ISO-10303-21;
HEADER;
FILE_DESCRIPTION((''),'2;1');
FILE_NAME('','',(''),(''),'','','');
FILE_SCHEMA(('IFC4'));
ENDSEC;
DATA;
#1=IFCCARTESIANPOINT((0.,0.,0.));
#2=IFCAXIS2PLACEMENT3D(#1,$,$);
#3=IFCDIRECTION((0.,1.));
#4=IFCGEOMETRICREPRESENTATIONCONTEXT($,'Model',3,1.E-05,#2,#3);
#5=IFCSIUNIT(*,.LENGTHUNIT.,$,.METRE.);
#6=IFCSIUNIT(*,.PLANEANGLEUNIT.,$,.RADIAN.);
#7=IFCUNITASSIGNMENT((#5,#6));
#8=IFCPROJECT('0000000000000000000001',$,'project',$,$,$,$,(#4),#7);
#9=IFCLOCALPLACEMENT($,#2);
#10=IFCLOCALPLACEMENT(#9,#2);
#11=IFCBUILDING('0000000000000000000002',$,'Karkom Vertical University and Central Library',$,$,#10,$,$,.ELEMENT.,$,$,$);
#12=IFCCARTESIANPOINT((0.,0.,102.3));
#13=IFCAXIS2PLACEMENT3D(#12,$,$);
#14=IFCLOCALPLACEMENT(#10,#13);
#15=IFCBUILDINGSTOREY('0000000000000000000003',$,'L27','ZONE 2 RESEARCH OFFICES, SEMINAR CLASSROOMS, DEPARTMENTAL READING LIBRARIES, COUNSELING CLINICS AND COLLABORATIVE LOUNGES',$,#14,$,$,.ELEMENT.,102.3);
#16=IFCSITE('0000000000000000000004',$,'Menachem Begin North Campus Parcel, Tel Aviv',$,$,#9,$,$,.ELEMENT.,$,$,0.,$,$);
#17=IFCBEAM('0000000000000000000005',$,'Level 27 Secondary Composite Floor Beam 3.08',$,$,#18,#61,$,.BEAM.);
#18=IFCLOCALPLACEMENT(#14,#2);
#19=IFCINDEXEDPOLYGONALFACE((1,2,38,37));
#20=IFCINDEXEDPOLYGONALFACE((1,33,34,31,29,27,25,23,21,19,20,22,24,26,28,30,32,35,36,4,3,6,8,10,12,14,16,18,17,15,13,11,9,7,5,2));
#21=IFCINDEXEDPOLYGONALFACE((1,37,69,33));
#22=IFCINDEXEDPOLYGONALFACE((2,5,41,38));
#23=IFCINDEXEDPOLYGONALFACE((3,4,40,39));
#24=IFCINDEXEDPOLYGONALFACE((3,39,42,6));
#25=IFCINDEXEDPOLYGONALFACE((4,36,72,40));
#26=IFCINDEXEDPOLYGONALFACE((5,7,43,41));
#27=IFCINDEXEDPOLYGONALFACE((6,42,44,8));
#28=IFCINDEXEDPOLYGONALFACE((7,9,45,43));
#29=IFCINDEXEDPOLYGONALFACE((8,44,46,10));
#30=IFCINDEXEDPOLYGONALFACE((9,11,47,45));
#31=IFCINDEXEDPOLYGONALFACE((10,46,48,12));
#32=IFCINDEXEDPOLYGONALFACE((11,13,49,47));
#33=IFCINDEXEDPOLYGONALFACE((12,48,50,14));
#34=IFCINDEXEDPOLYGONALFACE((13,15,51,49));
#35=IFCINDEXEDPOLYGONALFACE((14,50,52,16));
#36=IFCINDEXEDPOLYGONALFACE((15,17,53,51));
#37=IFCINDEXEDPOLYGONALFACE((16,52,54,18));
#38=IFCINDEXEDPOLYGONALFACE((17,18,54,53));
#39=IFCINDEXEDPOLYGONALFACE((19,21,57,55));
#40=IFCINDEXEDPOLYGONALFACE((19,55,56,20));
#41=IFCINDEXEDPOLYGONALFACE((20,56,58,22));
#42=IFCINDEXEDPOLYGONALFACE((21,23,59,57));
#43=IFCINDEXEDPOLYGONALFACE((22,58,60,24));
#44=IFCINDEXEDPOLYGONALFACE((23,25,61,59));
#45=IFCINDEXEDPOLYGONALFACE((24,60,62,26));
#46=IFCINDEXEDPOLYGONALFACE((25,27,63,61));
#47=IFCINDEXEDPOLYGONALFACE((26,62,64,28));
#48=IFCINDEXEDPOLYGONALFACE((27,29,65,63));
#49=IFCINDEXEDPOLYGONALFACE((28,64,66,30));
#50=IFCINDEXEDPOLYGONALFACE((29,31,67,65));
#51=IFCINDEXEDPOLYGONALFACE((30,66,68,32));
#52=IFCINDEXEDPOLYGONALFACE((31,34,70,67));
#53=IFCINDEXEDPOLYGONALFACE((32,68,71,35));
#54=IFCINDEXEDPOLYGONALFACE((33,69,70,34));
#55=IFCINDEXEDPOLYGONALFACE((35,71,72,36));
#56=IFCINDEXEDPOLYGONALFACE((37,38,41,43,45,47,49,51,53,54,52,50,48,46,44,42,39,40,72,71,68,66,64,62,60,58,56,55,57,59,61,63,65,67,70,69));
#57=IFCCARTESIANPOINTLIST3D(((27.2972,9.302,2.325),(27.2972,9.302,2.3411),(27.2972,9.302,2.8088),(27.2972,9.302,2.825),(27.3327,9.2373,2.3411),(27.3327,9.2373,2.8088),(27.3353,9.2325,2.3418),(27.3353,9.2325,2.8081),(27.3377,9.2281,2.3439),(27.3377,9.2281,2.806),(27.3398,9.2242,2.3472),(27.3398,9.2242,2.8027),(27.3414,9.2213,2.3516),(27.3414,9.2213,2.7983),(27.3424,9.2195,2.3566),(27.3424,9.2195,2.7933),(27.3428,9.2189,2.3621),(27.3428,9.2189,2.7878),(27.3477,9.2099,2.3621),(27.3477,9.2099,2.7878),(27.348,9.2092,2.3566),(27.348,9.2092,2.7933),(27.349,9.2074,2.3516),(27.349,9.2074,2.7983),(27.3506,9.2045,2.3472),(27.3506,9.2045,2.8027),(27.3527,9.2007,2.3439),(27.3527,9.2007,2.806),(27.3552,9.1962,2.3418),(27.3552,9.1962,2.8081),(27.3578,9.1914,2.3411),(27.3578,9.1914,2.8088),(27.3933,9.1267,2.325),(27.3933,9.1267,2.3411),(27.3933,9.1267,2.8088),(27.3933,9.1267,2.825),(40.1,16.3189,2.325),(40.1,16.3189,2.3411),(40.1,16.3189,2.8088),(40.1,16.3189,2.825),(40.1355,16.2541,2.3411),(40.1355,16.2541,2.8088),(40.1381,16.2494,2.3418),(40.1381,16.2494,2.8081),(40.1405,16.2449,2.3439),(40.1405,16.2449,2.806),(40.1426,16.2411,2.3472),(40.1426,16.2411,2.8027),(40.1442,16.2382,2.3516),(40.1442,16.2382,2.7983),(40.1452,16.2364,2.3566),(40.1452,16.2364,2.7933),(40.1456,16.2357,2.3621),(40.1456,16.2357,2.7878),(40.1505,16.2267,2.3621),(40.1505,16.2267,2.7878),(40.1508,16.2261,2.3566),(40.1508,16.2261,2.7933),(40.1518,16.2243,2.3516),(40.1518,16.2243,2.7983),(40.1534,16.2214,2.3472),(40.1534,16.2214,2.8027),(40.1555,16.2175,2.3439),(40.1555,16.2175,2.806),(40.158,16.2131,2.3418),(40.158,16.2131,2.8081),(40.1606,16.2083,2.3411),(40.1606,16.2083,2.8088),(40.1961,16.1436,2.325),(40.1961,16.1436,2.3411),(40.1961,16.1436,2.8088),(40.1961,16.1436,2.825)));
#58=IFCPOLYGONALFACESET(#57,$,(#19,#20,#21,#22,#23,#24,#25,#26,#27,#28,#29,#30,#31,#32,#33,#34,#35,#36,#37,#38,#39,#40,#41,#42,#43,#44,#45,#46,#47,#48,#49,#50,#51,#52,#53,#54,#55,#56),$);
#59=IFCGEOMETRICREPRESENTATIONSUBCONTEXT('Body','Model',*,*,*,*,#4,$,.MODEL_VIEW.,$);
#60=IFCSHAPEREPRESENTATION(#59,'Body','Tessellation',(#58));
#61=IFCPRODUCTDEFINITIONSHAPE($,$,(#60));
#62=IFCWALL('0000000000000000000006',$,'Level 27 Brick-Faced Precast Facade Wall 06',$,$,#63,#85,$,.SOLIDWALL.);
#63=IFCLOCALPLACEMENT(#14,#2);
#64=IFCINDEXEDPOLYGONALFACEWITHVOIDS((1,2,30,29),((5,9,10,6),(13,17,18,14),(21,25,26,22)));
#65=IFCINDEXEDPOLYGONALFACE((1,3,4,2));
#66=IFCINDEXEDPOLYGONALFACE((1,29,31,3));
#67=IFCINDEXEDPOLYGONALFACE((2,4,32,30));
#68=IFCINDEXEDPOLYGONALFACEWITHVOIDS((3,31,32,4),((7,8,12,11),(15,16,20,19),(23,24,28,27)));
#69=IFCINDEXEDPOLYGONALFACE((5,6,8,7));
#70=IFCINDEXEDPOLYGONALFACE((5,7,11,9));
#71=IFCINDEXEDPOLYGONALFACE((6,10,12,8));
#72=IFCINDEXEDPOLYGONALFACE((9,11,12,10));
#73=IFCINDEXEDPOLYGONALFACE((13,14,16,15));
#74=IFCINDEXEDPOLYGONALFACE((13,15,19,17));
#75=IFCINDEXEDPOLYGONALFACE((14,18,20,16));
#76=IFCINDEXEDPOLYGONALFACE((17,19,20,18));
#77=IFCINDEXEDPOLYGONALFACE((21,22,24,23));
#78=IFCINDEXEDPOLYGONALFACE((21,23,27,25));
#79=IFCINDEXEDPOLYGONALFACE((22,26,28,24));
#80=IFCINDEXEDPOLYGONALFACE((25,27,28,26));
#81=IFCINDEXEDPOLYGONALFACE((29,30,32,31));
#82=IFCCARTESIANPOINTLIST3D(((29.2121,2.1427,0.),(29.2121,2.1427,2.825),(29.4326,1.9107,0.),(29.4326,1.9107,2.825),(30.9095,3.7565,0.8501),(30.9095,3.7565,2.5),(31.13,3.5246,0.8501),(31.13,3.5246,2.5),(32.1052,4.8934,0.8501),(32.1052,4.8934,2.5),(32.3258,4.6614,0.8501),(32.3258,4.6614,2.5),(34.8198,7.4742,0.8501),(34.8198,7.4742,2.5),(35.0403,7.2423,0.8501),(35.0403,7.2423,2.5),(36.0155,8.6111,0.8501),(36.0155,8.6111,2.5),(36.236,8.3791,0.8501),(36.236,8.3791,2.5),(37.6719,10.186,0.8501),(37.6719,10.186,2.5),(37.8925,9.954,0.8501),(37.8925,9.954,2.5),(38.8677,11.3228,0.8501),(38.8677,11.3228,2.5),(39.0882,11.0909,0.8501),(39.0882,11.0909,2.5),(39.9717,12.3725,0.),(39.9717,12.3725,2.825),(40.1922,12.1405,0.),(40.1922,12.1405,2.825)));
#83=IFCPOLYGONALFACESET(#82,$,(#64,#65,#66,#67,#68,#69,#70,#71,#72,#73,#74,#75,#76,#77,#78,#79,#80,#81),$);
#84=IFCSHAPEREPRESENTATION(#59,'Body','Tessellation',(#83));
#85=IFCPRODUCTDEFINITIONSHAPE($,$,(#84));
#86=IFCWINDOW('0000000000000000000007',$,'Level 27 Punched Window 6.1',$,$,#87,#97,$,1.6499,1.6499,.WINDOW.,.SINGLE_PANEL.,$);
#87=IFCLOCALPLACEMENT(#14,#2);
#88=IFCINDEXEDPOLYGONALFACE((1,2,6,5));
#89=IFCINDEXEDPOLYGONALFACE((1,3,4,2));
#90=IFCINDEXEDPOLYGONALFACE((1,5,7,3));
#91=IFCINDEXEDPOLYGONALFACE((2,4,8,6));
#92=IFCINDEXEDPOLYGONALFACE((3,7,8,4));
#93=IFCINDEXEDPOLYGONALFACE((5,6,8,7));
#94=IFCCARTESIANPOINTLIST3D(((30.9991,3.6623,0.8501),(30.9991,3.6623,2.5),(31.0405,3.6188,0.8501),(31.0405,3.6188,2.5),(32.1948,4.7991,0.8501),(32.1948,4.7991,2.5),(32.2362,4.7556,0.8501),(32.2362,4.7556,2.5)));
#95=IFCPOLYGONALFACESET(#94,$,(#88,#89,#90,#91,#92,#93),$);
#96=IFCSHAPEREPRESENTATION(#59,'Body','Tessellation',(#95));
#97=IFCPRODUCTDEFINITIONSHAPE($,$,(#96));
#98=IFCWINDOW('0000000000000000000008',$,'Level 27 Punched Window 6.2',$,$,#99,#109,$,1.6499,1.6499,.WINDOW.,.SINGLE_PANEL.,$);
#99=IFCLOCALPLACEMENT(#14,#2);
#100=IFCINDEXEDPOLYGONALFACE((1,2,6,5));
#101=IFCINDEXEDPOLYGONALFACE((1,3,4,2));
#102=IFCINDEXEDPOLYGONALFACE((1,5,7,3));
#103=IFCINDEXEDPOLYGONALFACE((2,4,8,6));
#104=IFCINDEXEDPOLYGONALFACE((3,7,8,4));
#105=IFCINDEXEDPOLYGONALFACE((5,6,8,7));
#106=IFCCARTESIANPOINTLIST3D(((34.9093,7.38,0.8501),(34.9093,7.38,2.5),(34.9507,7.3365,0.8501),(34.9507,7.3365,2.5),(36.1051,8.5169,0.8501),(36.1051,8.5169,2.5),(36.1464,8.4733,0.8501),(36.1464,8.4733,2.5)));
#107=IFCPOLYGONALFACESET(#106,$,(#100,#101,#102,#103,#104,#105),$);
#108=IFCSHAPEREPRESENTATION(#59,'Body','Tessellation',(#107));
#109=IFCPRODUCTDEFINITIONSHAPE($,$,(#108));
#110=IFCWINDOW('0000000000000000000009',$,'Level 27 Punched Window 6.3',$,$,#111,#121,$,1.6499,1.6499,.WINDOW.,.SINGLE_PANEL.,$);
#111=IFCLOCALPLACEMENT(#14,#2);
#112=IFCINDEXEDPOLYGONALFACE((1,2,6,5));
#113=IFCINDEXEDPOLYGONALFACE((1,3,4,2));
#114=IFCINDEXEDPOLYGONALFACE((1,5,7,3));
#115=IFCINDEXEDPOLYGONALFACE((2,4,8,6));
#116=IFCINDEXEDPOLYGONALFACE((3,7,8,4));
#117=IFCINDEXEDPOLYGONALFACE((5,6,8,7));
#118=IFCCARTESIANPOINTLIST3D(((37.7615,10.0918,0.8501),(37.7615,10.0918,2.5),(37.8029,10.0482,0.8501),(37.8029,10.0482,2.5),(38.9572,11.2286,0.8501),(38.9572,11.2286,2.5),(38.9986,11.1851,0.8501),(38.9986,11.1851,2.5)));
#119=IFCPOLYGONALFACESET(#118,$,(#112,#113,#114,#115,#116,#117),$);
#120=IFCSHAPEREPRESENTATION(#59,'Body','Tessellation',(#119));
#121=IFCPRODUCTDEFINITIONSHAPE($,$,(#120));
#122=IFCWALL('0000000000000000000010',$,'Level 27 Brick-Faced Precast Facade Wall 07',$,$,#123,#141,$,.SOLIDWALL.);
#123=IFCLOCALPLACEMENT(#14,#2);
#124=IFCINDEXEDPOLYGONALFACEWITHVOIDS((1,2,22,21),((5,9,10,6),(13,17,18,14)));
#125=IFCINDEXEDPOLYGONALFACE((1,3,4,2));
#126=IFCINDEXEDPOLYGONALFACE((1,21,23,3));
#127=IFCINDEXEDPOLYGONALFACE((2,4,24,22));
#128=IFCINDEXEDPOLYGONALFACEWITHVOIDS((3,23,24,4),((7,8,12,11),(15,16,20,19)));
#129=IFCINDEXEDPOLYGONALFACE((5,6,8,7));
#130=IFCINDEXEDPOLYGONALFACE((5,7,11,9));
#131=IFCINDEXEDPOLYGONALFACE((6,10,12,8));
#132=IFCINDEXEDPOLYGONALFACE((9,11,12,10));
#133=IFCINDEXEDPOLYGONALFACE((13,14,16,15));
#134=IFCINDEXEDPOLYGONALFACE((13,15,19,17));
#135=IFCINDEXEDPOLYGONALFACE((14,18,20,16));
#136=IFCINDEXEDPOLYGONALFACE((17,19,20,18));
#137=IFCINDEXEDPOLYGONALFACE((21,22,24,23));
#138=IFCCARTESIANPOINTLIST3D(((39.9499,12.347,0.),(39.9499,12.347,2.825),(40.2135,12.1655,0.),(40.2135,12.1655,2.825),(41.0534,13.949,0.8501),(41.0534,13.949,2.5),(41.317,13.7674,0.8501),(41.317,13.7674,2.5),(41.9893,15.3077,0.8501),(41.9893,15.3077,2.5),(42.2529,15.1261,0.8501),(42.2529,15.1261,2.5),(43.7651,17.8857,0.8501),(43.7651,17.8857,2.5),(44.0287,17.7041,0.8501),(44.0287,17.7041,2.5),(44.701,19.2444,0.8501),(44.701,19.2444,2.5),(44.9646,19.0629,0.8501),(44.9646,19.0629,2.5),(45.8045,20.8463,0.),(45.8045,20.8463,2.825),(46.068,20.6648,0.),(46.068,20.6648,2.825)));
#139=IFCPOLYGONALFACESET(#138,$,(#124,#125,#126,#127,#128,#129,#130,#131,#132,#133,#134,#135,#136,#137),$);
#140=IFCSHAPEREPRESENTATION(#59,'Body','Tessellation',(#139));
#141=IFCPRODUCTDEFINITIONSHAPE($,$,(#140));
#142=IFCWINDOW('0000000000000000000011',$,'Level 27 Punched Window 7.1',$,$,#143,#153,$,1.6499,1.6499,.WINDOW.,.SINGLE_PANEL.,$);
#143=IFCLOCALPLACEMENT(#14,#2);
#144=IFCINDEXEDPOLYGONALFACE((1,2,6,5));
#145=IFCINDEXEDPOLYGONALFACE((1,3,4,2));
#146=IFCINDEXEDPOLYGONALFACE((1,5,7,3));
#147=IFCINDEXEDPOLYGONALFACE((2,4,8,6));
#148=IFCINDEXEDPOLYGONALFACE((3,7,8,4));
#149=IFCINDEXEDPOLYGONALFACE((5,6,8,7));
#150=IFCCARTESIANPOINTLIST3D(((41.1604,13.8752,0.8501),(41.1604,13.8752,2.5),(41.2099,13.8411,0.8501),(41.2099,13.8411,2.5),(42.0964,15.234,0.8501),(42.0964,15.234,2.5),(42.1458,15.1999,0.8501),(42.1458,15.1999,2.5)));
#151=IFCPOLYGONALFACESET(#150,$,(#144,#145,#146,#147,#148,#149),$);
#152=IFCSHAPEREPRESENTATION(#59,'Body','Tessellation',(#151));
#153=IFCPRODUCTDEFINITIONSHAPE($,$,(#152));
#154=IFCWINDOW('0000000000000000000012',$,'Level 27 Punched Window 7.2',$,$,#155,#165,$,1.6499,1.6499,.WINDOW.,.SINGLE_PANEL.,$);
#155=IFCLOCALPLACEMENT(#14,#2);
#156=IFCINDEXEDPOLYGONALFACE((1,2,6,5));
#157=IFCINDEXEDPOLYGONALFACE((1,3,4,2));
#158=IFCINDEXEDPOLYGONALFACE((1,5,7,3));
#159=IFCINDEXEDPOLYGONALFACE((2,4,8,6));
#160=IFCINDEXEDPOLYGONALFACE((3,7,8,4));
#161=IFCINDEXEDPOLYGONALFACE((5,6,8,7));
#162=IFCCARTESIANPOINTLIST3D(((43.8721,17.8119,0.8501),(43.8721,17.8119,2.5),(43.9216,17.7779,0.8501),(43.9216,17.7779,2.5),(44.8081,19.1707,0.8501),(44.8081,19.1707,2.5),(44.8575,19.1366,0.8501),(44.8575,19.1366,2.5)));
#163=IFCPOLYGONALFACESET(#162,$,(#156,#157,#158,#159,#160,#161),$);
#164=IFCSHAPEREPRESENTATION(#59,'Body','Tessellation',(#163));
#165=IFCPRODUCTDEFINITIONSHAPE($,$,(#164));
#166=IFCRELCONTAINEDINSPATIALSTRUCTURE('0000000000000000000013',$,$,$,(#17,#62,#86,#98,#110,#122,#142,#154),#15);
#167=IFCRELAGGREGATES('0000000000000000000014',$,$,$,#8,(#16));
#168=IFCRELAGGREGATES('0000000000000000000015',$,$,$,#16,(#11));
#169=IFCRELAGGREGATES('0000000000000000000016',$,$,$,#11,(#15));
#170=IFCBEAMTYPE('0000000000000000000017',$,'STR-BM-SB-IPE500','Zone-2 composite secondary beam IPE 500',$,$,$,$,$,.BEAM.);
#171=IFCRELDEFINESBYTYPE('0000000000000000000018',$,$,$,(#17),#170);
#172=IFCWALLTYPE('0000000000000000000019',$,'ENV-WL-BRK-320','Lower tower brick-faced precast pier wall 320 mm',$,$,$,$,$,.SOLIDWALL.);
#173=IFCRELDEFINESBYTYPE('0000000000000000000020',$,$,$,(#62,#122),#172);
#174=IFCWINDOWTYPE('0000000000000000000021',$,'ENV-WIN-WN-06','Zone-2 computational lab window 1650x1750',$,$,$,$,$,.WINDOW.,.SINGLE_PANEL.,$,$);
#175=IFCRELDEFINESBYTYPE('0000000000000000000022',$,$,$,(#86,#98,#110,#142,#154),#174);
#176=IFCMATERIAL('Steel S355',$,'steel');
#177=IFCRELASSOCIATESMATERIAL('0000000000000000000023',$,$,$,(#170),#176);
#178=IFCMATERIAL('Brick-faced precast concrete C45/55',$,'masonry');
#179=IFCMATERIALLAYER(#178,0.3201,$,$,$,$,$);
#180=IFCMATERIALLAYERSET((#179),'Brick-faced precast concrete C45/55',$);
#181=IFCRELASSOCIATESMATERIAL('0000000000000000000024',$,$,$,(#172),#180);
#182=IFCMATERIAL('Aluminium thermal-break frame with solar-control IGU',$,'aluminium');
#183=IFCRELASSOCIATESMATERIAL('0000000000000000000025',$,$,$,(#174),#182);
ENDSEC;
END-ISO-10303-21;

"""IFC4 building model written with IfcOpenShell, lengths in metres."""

from ifc_helpers import new_model, si_unit, direction, frame, frame_2d, origin, origin_with_axes, origin_2d, place, context, subcontext, project, spatial, rectangle, i_section, extrude, source, transform, mapped, material, layer, layer_set, material_profile, profile_set, type_object, element, fill, save


model = new_model("IFC4")

# Units and contexts
model_context = context("Model", 3, precision=1e-05, world=origin(), true_north=direction((0.0, 1.0)))
body_context = subcontext(model_context, "Body", "Model", "MODEL_VIEW")
ifc_project = project(units=[si_unit("LENGTHUNIT", "METRE"), si_unit("PLANEANGLEUNIT", "RADIAN")], contexts=[model_context])

# Site, building, storey
site_placement = place(None, origin())
site = spatial("IfcSite", under=ifc_project, at=site_placement, Name="Menachem Begin North Campus Parcel, Tel Aviv", CompositionType="ELEMENT", RefElevation=0.0)
building_placement = place(site_placement, origin())
building = spatial("IfcBuilding", under=site, at=building_placement, Name="Karkom Vertical University and Central Library", CompositionType="ELEMENT")
storey_placement = place(building_placement, frame((0.0, 0.0, 102.3)))
storey = spatial("IfcBuildingStorey", under=building, at=storey_placement, Name="L27", Description="ZONE 2 RESEARCH OFFICES, SEMINAR CLASSROOMS, DEPARTMENTAL READING LIBRARIES, COUNSELING CLINICS AND COLLABORATIVE LOUNGES", CompositionType="ELEMENT", Elevation=102.3)

# Beam
ifc_material_1 = material(Name="Steel S355", Category="steel")
ifc_material_profile_1 = material_profile(ifc_material_1, i_section(OverallWidth=0.2, OverallDepth=0.5, WebThickness=0.0103, FlangeThickness=0.0161, FilletRadius=0.021, at=origin_2d()), Name="IPE 500")
ifc_profile_set_1 = profile_set([ifc_material_profile_1], Name="Steel S355")
beam_type_1 = type_object("IfcBeamType", Name="STR-BM-SB-IPE500", Description="Zone-2 composite secondary beam IPE 500", PredefinedType="BEAM", material=ifc_profile_set_1)
shared_shape_1 = source(origin_with_axes(), body_context, "Body", "SweptSolid", [
    extrude(i_section(OverallWidth=0.2, OverallDepth=0.5, WebThickness=0.0103, FlangeThickness=0.0161, FilletRadius=0.021, at=origin_2d()), origin(), (0.0, 0.0, 1.0), 14.5996),
])
beam_1_placement = place(storey_placement, frame((27.3452, 9.2144, 2.575), z_axis=(0.876928, 0.480622, 0.0), x_axis=(-0.480622, 0.876928, 0.0)))
element("IfcBeam", 1, at=beam_1_placement, inside=storey, type_object=beam_type_1, Name="Level 27 Secondary Composite Floor Beam 3.08", PredefinedType="BEAM", context=body_context, shape_type="MappedRepresentation", body=[
    mapped(shared_shape_1, transform((0.0, 0.0, 0.0), scale=1.0)),
])

# Walls, openings, windows
ifc_material_2 = material(Name="Brick-faced precast concrete C45/55", Category="masonry")
ifc_layer_1 = layer(ifc_material_2, 0.3201)
ifc_layer_set_1 = layer_set([ifc_layer_1], Name="Brick-faced precast concrete C45/55")
wall_type_1 = type_object("IfcWallType", Name="ENV-WL-BRK-320", Description="Lower tower brick-faced precast pier wall 320 mm", PredefinedType="SOLIDWALL", material=ifc_layer_set_1)
wall_1_placement = place(storey_placement, frame((29.3223, 2.0266, 0.0), z_axis=(0.0, 0.0, 1.0), x_axis=(0.724724, 0.689039, 0.0)))
wall_1 = element("IfcWall", 2, at=wall_1_placement, inside=storey, type_object=wall_type_1, Name="Level 27 Brick-Faced Precast Facade Wall 06", PredefinedType="SOLIDWALL", context=body_context, shape_type="SweptSolid", body=[
    extrude(rectangle(XDim=14.8464, YDim=0.3201, at=frame_2d((7.4233, 0.0))), origin(), (0.0, 0.0, 1.0), 2.825),
])
opening_1_placement = place(wall_1_placement, frame((2.3423, 0.0, 0.8501)))
opening_1 = element("IfcOpeningElement", 3, at=opening_1_placement, cuts=wall_1, PredefinedType="OPENING", context=body_context, shape_type="SweptSolid", body=[
    extrude(rectangle(XDim=1.6499, YDim=1.6499, at=frame_2d((0.825, 0.825))), frame((0.0, 0.1699, 0.0), z_axis=(0.0, -1.0, 0.0), x_axis=(1.0, 0.0, 0.0)), (0.0, 0.0, 1.0), 0.3401),
])
opening_2_placement = place(wall_1_placement, frame((7.7378, 0.0, 0.8501)))
opening_2 = element("IfcOpeningElement", 4, at=opening_2_placement, cuts=wall_1, PredefinedType="OPENING", context=body_context, shape_type="SweptSolid", body=[
    extrude(rectangle(XDim=1.6499, YDim=1.6499, at=frame_2d((0.825, 0.825))), frame((0.0, 0.1699, 0.0), z_axis=(0.0, -1.0, 0.0), x_axis=(1.0, 0.0, 0.0)), (0.0, 0.0, 1.0), 0.3401),
])
opening_3_placement = place(wall_1_placement, frame((11.6733, 0.0, 0.8501)))
opening_3 = element("IfcOpeningElement", 5, at=opening_3_placement, cuts=wall_1, PredefinedType="OPENING", context=body_context, shape_type="SweptSolid", body=[
    extrude(rectangle(XDim=1.6499, YDim=1.6499, at=frame_2d((0.825, 0.825))), frame((0.0, 0.1699, 0.0), z_axis=(0.0, -1.0, 0.0), x_axis=(1.0, 0.0, 0.0)), (0.0, 0.0, 1.0), 0.3401),
])
ifc_material_3 = material(Name="Aluminium thermal-break frame with solar-control IGU", Category="aluminium")
window_type = type_object("IfcWindowType", Name="ENV-WIN-WN-06", Description="Zone-2 computational lab window 1650x1750", PartitioningType="SINGLE_PANEL", PredefinedType="WINDOW", material=ifc_material_3)
shared_shape_2 = source(origin_with_axes(), body_context, "Body", "SweptSolid", [
    extrude(rectangle(XDim=1.6499, YDim=1.6499, at=frame_2d((0.825, 0.825))), frame((0.0, 0.03, 0.0), z_axis=(0.0, -1.0, 0.0), x_axis=(1.0, 0.0, 0.0)), (0.0, 0.0, 1.0), 0.0601),
])
window_1_placement = place(opening_1_placement, origin())
window_1 = element("IfcWindow", 6, at=window_1_placement, inside=storey, type_object=window_type, Name="Level 27 Punched Window 6.1", OverallHeight=1.6499, OverallWidth=1.6499, PartitioningType="SINGLE_PANEL", PredefinedType="WINDOW", context=body_context, shape_type="MappedRepresentation", body=[
    mapped(shared_shape_2, transform((0.0, 0.0, 0.0), scale=1.0)),
])
fill(opening_1, window_1)
window_2_placement = place(opening_2_placement, origin())
window_2 = element("IfcWindow", 7, at=window_2_placement, inside=storey, type_object=window_type, Name="Level 27 Punched Window 6.2", OverallHeight=1.6499, OverallWidth=1.6499, PartitioningType="SINGLE_PANEL", PredefinedType="WINDOW", context=body_context, shape_type="MappedRepresentation", body=[
    mapped(shared_shape_2, transform((0.0, 0.0, 0.0), scale=1.0)),
])
fill(opening_2, window_2)
window_3_placement = place(opening_3_placement, origin())
window_3 = element("IfcWindow", 8, at=window_3_placement, inside=storey, type_object=window_type, Name="Level 27 Punched Window 6.3", OverallHeight=1.6499, OverallWidth=1.6499, PartitioningType="SINGLE_PANEL", PredefinedType="WINDOW", context=body_context, shape_type="MappedRepresentation", body=[
    mapped(shared_shape_2, transform((0.0, 0.0, 0.0), scale=1.0)),
])
fill(opening_3, window_3)
wall_2_placement = place(storey_placement, frame((40.0818, 12.2563, 0.0), z_axis=(0.0, 0.0, 1.0), x_axis=(0.567269, 0.823533, 0.0)))
wall_2 = element("IfcWall", 9, at=wall_2_placement, inside=storey, type_object=wall_type_1, Name="Level 27 Brick-Faced Precast Facade Wall 07", PredefinedType="SOLIDWALL", context=body_context, shape_type="SweptSolid", body=[
    extrude(rectangle(XDim=10.3206, YDim=0.3201, at=frame_2d((5.1602, 0.0))), origin(), (0.0, 0.0, 1.0), 2.825),
])
opening_4_placement = place(wall_2_placement, frame((1.9451, 0.0, 0.8501)))
opening_4 = element("IfcOpeningElement", 10, at=opening_4_placement, cuts=wall_2, PredefinedType="OPENING", context=body_context, shape_type="SweptSolid", body=[
    extrude(rectangle(XDim=1.6499, YDim=1.6499, at=frame_2d((0.825, 0.825))), frame((0.0, 0.1699, 0.0), z_axis=(0.0, -1.0, 0.0), x_axis=(1.0, 0.0, 0.0)), (0.0, 0.0, 1.0), 0.3401),
])
opening_5_placement = place(wall_2_placement, frame((6.7253, 0.0, 0.8501)))
opening_5 = element("IfcOpeningElement", 11, at=opening_5_placement, cuts=wall_2, PredefinedType="OPENING", context=body_context, shape_type="SweptSolid", body=[
    extrude(rectangle(XDim=1.6499, YDim=1.6499, at=frame_2d((0.825, 0.825))), frame((0.0, 0.1699, 0.0), z_axis=(0.0, -1.0, 0.0), x_axis=(1.0, 0.0, 0.0)), (0.0, 0.0, 1.0), 0.3401),
])
window_4_placement = place(opening_4_placement, origin())
window_4 = element("IfcWindow", 12, at=window_4_placement, inside=storey, type_object=window_type, Name="Level 27 Punched Window 7.1", OverallHeight=1.6499, OverallWidth=1.6499, PartitioningType="SINGLE_PANEL", PredefinedType="WINDOW", context=body_context, shape_type="MappedRepresentation", body=[
    mapped(shared_shape_2, transform((0.0, 0.0, 0.0), scale=1.0)),
])
fill(opening_4, window_4)
window_5_placement = place(opening_5_placement, origin())
window_5 = element("IfcWindow", 13, at=window_5_placement, inside=storey, type_object=window_type, Name="Level 27 Punched Window 7.2", OverallHeight=1.6499, OverallWidth=1.6499, PartitioningType="SINGLE_PANEL", PredefinedType="WINDOW", context=body_context, shape_type="MappedRepresentation", body=[
    mapped(shared_shape_2, transform((0.0, 0.0, 0.0), scale=1.0)),
])
fill(opening_5, window_5)

save(model, "model.ifc")
